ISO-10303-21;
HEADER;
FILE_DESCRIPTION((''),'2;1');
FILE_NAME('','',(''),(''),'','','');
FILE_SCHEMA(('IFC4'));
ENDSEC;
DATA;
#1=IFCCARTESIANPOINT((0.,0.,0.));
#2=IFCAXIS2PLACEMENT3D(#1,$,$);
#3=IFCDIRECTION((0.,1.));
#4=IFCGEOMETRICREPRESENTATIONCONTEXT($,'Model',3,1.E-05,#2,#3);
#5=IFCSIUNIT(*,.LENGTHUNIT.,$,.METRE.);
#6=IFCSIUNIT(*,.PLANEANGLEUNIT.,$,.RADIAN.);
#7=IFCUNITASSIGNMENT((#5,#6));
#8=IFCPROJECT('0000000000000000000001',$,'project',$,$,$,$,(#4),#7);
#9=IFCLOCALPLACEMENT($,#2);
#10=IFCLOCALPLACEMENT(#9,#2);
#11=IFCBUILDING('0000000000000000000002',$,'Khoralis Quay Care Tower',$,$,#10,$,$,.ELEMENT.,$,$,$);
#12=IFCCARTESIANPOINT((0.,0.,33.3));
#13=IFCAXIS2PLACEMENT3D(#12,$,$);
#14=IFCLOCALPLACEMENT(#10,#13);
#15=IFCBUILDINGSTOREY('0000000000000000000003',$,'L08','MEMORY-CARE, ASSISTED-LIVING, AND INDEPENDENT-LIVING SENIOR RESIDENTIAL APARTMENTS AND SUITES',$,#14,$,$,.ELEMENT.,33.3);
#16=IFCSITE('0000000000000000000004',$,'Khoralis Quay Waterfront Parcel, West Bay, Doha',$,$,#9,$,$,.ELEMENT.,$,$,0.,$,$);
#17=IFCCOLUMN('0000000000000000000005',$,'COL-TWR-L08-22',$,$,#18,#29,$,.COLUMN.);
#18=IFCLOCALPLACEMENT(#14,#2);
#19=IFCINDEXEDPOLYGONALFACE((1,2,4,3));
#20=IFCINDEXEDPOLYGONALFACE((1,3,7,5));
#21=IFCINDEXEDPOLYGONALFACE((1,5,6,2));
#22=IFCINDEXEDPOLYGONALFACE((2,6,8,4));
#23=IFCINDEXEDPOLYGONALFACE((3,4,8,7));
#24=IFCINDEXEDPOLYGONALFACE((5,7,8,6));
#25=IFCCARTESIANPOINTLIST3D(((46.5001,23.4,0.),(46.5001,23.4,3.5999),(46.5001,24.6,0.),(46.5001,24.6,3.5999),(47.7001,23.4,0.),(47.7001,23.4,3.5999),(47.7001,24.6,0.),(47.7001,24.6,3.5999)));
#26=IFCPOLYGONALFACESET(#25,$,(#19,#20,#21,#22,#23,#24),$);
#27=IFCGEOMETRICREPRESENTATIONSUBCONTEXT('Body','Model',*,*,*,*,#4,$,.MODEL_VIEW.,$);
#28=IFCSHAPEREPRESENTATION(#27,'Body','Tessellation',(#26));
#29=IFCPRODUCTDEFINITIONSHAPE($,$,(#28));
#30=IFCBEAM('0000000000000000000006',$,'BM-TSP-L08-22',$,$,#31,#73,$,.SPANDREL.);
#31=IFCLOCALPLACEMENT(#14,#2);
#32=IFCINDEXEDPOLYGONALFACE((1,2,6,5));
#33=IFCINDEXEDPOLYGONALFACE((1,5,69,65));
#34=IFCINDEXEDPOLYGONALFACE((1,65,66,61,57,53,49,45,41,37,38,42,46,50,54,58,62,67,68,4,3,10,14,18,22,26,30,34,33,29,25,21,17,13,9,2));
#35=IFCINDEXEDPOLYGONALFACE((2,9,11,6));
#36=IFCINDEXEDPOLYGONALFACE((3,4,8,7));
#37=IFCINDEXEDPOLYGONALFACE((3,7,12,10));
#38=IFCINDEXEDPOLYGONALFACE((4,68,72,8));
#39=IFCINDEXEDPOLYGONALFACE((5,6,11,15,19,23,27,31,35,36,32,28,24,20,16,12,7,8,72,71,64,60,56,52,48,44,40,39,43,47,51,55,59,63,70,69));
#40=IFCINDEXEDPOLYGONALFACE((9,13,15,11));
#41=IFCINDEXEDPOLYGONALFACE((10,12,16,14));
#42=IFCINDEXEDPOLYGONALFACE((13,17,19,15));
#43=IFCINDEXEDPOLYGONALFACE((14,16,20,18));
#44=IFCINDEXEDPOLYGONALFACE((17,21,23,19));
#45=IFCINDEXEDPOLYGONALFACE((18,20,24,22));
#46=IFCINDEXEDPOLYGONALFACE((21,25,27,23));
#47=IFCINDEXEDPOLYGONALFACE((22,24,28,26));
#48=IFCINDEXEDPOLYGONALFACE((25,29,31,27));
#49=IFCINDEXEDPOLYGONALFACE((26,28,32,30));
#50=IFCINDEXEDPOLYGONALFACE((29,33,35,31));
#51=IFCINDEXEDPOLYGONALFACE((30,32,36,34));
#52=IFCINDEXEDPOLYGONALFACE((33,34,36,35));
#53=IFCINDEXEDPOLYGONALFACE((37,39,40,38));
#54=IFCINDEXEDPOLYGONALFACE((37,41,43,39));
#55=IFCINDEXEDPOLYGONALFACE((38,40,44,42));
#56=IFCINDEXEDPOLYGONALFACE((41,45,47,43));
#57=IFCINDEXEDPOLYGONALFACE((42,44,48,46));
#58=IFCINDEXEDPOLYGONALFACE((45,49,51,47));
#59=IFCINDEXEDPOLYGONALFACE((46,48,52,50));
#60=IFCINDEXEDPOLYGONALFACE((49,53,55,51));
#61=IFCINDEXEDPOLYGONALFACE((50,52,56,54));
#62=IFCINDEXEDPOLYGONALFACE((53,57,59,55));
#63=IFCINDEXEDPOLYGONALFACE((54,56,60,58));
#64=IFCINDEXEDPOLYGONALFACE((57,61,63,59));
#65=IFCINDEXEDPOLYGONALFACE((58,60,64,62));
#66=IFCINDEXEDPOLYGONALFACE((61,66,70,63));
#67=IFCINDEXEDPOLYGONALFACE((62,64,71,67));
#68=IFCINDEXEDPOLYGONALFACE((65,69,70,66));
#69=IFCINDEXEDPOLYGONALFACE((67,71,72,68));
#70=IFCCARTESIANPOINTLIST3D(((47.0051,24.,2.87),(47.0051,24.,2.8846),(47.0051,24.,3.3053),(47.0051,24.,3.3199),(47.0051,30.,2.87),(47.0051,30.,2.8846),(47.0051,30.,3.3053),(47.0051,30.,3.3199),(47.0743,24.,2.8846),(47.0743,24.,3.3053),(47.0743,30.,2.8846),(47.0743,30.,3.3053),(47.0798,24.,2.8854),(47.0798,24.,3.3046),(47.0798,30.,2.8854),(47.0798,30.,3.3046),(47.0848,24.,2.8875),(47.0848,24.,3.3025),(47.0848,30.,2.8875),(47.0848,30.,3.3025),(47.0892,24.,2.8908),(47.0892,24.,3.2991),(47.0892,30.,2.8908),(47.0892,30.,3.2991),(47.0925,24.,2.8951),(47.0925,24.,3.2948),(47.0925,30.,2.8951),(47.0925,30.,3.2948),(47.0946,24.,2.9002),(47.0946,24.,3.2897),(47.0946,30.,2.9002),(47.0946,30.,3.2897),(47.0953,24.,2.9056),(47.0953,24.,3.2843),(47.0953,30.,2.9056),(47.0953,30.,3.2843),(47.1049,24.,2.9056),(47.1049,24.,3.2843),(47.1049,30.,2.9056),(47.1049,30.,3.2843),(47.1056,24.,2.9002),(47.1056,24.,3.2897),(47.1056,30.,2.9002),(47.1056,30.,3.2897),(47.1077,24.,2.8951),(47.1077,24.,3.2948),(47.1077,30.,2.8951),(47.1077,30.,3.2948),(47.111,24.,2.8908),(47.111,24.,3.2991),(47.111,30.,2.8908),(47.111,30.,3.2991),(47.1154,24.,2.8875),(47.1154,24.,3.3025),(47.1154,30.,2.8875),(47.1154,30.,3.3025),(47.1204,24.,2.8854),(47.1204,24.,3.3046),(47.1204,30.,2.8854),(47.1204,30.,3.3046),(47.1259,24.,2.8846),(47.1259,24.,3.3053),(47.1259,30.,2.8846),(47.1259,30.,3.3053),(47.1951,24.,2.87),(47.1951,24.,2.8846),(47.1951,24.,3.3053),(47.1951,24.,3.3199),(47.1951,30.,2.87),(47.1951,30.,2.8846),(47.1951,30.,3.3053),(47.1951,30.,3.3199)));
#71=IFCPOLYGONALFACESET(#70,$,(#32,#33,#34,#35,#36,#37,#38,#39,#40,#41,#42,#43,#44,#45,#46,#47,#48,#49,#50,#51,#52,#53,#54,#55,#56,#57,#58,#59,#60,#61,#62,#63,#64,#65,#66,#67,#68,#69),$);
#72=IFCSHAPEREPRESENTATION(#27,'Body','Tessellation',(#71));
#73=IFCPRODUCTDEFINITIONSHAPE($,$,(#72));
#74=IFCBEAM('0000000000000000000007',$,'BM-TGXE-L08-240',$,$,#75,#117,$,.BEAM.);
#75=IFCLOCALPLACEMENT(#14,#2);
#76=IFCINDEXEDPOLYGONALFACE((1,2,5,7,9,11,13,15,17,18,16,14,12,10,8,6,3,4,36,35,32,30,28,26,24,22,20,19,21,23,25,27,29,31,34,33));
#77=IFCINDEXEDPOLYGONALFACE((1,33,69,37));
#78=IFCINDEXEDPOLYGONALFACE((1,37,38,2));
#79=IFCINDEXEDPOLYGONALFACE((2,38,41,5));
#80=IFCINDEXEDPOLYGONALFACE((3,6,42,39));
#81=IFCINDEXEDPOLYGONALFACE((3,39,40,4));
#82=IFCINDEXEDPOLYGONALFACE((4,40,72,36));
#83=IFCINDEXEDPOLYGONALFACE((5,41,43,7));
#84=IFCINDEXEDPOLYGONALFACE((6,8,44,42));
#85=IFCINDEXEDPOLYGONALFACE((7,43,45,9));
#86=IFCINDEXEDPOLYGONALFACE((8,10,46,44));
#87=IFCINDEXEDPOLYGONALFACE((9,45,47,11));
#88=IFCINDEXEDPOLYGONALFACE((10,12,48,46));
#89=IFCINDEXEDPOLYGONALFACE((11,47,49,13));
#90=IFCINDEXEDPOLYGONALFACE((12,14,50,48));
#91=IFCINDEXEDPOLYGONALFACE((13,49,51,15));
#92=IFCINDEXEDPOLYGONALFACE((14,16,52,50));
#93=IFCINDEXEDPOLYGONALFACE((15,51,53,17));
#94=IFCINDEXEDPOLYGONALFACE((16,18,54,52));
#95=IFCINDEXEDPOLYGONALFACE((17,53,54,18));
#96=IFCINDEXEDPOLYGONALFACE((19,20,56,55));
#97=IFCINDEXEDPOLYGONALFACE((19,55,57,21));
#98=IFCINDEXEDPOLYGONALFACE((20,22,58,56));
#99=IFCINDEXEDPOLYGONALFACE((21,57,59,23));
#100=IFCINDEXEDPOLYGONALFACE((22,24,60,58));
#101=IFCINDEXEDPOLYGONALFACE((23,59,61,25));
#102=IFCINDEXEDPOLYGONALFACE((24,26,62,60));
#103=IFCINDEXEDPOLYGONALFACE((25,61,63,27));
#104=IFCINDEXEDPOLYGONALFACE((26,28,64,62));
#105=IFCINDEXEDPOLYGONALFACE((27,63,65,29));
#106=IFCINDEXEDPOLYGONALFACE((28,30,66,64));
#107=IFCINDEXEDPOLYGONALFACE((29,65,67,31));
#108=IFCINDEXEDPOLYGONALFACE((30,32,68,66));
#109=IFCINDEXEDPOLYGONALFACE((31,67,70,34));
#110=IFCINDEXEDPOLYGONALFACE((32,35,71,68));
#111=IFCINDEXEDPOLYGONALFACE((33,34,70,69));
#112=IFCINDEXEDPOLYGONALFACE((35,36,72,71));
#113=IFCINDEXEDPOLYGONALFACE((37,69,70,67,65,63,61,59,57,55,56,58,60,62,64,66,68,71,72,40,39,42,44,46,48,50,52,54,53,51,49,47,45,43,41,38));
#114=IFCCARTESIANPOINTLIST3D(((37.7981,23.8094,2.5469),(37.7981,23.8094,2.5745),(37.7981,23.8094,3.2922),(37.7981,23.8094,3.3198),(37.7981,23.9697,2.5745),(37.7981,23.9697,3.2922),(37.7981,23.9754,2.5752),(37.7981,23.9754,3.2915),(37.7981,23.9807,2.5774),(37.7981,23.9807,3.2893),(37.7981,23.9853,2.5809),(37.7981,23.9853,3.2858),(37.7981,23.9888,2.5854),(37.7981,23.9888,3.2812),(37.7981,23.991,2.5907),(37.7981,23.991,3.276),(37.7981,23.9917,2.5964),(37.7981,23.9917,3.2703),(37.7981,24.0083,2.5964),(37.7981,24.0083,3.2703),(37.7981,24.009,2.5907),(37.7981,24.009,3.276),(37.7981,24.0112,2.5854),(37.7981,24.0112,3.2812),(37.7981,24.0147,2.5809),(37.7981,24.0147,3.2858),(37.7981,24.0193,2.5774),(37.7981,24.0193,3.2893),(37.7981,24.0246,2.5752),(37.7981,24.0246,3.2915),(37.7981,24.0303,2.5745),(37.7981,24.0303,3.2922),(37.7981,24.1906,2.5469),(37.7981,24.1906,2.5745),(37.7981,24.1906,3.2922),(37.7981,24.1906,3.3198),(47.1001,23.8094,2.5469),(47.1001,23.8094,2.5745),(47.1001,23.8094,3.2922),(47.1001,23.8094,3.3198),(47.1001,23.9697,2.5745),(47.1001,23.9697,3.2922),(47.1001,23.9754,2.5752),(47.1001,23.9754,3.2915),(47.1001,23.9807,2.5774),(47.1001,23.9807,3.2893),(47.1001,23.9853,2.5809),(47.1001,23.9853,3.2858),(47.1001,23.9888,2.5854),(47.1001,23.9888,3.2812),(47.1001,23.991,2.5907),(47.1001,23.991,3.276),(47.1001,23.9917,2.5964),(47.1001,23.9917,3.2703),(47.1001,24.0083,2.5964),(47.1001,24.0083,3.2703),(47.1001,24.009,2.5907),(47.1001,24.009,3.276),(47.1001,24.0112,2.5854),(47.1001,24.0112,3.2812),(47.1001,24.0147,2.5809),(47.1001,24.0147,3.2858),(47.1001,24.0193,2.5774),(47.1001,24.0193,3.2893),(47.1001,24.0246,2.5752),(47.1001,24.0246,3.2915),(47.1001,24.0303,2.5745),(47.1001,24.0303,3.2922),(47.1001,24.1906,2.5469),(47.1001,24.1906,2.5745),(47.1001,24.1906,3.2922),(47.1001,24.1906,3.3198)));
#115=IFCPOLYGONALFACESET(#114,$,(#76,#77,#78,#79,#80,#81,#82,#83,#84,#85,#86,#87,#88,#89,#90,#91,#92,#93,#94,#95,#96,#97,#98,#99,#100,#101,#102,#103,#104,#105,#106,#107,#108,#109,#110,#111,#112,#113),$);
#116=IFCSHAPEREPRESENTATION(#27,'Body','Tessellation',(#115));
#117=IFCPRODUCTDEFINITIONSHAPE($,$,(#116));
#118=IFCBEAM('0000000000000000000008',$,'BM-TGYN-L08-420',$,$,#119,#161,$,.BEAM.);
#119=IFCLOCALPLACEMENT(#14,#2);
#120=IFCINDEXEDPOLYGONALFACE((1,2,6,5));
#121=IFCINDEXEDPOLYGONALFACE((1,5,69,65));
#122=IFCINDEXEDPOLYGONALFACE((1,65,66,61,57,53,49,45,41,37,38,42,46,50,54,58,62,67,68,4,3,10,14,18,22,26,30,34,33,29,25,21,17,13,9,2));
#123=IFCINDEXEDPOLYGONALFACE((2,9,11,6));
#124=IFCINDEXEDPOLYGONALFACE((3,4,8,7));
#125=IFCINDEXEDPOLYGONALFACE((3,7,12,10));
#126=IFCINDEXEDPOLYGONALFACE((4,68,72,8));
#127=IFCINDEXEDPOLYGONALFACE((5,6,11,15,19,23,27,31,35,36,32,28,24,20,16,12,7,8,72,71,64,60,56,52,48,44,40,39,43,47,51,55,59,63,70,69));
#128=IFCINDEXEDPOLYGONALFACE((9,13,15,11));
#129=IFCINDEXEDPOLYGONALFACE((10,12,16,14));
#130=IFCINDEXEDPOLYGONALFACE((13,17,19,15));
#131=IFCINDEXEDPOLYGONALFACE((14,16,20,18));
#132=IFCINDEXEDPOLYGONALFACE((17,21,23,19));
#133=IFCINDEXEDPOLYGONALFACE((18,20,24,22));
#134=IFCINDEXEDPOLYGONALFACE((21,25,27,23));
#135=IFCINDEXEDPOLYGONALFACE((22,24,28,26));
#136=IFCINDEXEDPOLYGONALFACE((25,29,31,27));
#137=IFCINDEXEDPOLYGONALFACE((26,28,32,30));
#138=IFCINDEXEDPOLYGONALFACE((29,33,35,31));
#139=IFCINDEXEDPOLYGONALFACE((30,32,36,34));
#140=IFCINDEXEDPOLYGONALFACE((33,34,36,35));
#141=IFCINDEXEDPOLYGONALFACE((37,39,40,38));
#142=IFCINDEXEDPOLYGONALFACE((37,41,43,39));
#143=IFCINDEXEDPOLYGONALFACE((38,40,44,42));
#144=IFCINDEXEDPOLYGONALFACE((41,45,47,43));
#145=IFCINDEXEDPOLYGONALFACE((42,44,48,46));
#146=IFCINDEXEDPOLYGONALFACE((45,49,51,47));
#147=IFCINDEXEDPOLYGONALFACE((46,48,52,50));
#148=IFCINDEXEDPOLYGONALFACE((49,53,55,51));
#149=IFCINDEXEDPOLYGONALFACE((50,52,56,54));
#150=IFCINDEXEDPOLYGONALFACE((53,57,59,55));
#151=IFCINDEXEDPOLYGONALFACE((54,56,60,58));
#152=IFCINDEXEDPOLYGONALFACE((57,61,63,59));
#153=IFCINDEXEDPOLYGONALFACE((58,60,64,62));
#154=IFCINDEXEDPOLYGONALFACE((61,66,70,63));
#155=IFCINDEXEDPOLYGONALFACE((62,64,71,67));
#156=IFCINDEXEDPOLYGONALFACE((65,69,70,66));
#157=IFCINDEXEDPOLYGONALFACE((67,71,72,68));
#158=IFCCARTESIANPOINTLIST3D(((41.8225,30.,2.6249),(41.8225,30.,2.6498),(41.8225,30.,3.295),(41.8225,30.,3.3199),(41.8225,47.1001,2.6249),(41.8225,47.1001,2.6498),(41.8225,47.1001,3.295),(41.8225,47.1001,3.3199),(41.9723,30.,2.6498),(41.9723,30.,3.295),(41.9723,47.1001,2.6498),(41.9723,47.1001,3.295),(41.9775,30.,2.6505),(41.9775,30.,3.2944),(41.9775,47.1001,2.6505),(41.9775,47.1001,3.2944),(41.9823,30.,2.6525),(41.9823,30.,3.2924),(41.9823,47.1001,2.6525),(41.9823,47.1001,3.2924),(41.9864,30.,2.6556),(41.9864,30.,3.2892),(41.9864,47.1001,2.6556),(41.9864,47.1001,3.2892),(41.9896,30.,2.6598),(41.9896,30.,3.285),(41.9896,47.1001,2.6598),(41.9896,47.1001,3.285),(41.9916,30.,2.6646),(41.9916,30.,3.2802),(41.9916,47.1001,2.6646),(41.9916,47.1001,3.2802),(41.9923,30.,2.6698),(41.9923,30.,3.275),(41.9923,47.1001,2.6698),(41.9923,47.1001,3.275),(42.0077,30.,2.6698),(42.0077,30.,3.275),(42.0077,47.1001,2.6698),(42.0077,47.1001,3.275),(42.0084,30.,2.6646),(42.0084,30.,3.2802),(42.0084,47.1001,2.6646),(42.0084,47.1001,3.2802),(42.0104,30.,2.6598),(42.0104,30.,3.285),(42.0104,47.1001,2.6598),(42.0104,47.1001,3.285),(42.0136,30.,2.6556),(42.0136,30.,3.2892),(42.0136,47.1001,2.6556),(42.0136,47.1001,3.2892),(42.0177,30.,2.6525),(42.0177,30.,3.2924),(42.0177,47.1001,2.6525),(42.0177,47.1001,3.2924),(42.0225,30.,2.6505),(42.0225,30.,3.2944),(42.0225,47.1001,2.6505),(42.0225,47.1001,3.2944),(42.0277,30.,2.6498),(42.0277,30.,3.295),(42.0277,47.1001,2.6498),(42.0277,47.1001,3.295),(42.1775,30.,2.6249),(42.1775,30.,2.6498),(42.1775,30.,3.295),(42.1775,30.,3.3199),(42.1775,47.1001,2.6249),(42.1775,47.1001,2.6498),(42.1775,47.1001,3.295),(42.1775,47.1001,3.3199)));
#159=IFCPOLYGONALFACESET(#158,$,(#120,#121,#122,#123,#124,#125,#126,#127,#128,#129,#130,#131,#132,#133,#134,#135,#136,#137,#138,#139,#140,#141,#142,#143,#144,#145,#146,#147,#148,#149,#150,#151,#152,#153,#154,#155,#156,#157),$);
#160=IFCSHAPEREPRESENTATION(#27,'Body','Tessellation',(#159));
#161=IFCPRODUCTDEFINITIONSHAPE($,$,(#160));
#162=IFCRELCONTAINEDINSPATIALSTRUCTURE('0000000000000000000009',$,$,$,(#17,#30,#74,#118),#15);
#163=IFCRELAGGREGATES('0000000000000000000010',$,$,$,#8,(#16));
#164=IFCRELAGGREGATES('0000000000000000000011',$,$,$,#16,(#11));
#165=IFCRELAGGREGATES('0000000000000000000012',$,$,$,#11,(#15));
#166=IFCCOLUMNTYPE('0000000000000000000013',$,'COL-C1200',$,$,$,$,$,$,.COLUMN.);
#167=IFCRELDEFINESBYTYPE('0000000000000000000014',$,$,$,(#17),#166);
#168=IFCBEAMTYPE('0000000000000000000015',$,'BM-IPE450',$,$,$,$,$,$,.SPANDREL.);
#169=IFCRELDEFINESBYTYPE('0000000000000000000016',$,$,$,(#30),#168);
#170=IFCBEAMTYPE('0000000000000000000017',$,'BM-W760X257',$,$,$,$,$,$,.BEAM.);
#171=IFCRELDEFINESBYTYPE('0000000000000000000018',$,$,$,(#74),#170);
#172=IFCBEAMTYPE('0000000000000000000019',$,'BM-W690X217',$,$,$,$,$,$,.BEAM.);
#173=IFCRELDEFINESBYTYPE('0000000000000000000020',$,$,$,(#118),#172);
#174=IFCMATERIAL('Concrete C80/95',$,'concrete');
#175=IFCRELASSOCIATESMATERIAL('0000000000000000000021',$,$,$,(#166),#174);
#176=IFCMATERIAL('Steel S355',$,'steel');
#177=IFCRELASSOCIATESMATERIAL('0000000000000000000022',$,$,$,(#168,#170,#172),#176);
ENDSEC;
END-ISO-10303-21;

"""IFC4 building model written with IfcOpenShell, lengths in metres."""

from ifc_helpers import new_model, si_unit, direction, frame, origin, origin_2d, place, context, subcontext, project, spatial, rectangle, i_section, extrude, source, transform, mapped, material, material_profile, profile_set, type_object, element, save


model = new_model("IFC4")

# Units and contexts
model_context = context("Model", 3, precision=1e-05, world=origin(), true_north=direction((0.0, 1.0)))
body_context = subcontext(model_context, "Body", "Model", "MODEL_VIEW")
ifc_project = project(units=[si_unit("LENGTHUNIT", "METRE"), si_unit("PLANEANGLEUNIT", "RADIAN")], contexts=[model_context])

# Site, building, storey
site_placement = place(None, origin())
site = spatial("IfcSite", under=ifc_project, at=site_placement, Name="Khoralis Quay Waterfront Parcel, West Bay, Doha", CompositionType="ELEMENT", RefElevation=0.0)
building_placement = place(site_placement, origin())
building = spatial("IfcBuilding", under=site, at=building_placement, Name="Khoralis Quay Care Tower", CompositionType="ELEMENT")
storey_placement = place(building_placement, frame((0.0, 0.0, 33.3)))
storey = spatial("IfcBuildingStorey", under=building, at=storey_placement, Name="L08", Description="MEMORY-CARE, ASSISTED-LIVING, AND INDEPENDENT-LIVING SENIOR RESIDENTIAL APARTMENTS AND SUITES", CompositionType="ELEMENT", Elevation=33.3)

# Column
ifc_material_1 = material(Name="Concrete C80/95", Category="concrete")
ifc_material_profile_1 = material_profile(ifc_material_1, rectangle(XDim=1.2, YDim=1.2, at=origin_2d()), Name="Concrete C80/95")
ifc_profile_set_1 = profile_set([ifc_material_profile_1], Name="Concrete C80/95")
column_type = type_object("IfcColumnType", Name="COL-C1200", PredefinedType="COLUMN", material=ifc_profile_set_1)
shared_shape_1 = source(origin(), body_context, "Body", "SweptSolid", [
    extrude(rectangle(XDim=1.2, YDim=1.2, at=origin_2d()), origin(), (0.0, 0.0, 1.0), 3.5999),
])
column_placement = place(storey_placement, frame((47.1001, 24.0, 0.0), z_axis=(0.0, 0.0, 1.0), x_axis=(1.0, 0.0, 0.0)))
element("IfcColumn", 1, at=column_placement, inside=storey, type_object=column_type, Name="COL-TWR-L08-22", PredefinedType="COLUMN", context=body_context, shape_type="MappedRepresentation", body=[
    mapped(shared_shape_1, transform((0.0, 0.0, 0.0), scale=1.0)),
])

# Beams
ifc_material_2 = material(Name="Steel S355", Category="steel")
ifc_material_profile_2 = material_profile(ifc_material_2, i_section(OverallWidth=0.1899, OverallDepth=0.45, WebThickness=0.0095, FlangeThickness=0.0146, FilletRadius=0.021, at=origin_2d()), Name="Steel S355")
ifc_profile_set_2 = profile_set([ifc_material_profile_2], Name="Steel S355")
beam_type_1 = type_object("IfcBeamType", Name="BM-IPE450", PredefinedType="SPANDREL", material=ifc_profile_set_2)
shared_shape_2 = source(origin(), body_context, "Body", "SweptSolid", [
    extrude(i_section(OverallWidth=0.1899, OverallDepth=0.45, WebThickness=0.0095, FlangeThickness=0.0146, FilletRadius=0.021, at=origin_2d()), origin(), (0.0, 0.0, 1.0), 6.0),
])
beam_1_placement = place(storey_placement, frame((47.1001, 24.0, 3.095), z_axis=(0.0, 1.0, 0.0), x_axis=(-1.0, 0.0, 0.0)))
element("IfcBeam", 2, at=beam_1_placement, inside=storey, type_object=beam_type_1, Name="BM-TSP-L08-22", PredefinedType="SPANDREL", context=body_context, shape_type="MappedRepresentation", body=[
    mapped(shared_shape_2, transform((0.0, 0.0, 0.0), scale=1.0)),
])
ifc_material_profile_3 = material_profile(ifc_material_2, i_section(OverallWidth=0.3811, OverallDepth=0.7729, WebThickness=0.0166, FlangeThickness=0.0276, FilletRadius=0.022, at=origin_2d()), Name="Steel S355")
ifc_profile_set_3 = profile_set([ifc_material_profile_3], Name="Steel S355")
beam_type_2 = type_object("IfcBeamType", Name="BM-W760X257", PredefinedType="BEAM", material=ifc_profile_set_3)
shared_shape_3 = source(origin(), body_context, "Body", "SweptSolid", [
    extrude(i_section(OverallWidth=0.3811, OverallDepth=0.7729, WebThickness=0.0166, FlangeThickness=0.0276, FilletRadius=0.022, at=origin_2d()), origin(), (0.0, 0.0, 1.0), 9.302),
])
beam_2_placement = place(storey_placement, frame((37.7981, 24.0, 2.9333), z_axis=(1.0, 0.0, 0.0), x_axis=(0.0, 1.0, 0.0)))
element("IfcBeam", 3, at=beam_2_placement, inside=storey, type_object=beam_type_2, Name="BM-TGXE-L08-240", PredefinedType="BEAM", context=body_context, shape_type="MappedRepresentation", body=[
    mapped(shared_shape_3, transform((0.0, 0.0, 0.0), scale=1.0)),
])
ifc_material_profile_4 = material_profile(ifc_material_2, i_section(OverallWidth=0.355, OverallDepth=0.6951, WebThickness=0.0154, FlangeThickness=0.0249, FilletRadius=0.02, at=origin_2d()), Name="Steel S355")
ifc_profile_set_4 = profile_set([ifc_material_profile_4], Name="Steel S355")
beam_type_3 = type_object("IfcBeamType", Name="BM-W690X217", PredefinedType="BEAM", material=ifc_profile_set_4)
shared_shape_4 = source(origin(), body_context, "Body", "SweptSolid", [
    extrude(i_section(OverallWidth=0.355, OverallDepth=0.6951, WebThickness=0.0154, FlangeThickness=0.0249, FilletRadius=0.02, at=origin_2d()), origin(), (0.0, 0.0, 1.0), 17.1001),
])
beam_3_placement = place(storey_placement, frame((42.0, 30.0, 2.9724), z_axis=(0.0, 1.0, 0.0), x_axis=(-1.0, 0.0, 0.0)))
element("IfcBeam", 4, at=beam_3_placement, inside=storey, type_object=beam_type_3, Name="BM-TGYN-L08-420", PredefinedType="BEAM", context=body_context, shape_type="MappedRepresentation", body=[
    mapped(shared_shape_4, transform((0.0, 0.0, 0.0), scale=1.0)),
])

save(model, "model.ifc")
